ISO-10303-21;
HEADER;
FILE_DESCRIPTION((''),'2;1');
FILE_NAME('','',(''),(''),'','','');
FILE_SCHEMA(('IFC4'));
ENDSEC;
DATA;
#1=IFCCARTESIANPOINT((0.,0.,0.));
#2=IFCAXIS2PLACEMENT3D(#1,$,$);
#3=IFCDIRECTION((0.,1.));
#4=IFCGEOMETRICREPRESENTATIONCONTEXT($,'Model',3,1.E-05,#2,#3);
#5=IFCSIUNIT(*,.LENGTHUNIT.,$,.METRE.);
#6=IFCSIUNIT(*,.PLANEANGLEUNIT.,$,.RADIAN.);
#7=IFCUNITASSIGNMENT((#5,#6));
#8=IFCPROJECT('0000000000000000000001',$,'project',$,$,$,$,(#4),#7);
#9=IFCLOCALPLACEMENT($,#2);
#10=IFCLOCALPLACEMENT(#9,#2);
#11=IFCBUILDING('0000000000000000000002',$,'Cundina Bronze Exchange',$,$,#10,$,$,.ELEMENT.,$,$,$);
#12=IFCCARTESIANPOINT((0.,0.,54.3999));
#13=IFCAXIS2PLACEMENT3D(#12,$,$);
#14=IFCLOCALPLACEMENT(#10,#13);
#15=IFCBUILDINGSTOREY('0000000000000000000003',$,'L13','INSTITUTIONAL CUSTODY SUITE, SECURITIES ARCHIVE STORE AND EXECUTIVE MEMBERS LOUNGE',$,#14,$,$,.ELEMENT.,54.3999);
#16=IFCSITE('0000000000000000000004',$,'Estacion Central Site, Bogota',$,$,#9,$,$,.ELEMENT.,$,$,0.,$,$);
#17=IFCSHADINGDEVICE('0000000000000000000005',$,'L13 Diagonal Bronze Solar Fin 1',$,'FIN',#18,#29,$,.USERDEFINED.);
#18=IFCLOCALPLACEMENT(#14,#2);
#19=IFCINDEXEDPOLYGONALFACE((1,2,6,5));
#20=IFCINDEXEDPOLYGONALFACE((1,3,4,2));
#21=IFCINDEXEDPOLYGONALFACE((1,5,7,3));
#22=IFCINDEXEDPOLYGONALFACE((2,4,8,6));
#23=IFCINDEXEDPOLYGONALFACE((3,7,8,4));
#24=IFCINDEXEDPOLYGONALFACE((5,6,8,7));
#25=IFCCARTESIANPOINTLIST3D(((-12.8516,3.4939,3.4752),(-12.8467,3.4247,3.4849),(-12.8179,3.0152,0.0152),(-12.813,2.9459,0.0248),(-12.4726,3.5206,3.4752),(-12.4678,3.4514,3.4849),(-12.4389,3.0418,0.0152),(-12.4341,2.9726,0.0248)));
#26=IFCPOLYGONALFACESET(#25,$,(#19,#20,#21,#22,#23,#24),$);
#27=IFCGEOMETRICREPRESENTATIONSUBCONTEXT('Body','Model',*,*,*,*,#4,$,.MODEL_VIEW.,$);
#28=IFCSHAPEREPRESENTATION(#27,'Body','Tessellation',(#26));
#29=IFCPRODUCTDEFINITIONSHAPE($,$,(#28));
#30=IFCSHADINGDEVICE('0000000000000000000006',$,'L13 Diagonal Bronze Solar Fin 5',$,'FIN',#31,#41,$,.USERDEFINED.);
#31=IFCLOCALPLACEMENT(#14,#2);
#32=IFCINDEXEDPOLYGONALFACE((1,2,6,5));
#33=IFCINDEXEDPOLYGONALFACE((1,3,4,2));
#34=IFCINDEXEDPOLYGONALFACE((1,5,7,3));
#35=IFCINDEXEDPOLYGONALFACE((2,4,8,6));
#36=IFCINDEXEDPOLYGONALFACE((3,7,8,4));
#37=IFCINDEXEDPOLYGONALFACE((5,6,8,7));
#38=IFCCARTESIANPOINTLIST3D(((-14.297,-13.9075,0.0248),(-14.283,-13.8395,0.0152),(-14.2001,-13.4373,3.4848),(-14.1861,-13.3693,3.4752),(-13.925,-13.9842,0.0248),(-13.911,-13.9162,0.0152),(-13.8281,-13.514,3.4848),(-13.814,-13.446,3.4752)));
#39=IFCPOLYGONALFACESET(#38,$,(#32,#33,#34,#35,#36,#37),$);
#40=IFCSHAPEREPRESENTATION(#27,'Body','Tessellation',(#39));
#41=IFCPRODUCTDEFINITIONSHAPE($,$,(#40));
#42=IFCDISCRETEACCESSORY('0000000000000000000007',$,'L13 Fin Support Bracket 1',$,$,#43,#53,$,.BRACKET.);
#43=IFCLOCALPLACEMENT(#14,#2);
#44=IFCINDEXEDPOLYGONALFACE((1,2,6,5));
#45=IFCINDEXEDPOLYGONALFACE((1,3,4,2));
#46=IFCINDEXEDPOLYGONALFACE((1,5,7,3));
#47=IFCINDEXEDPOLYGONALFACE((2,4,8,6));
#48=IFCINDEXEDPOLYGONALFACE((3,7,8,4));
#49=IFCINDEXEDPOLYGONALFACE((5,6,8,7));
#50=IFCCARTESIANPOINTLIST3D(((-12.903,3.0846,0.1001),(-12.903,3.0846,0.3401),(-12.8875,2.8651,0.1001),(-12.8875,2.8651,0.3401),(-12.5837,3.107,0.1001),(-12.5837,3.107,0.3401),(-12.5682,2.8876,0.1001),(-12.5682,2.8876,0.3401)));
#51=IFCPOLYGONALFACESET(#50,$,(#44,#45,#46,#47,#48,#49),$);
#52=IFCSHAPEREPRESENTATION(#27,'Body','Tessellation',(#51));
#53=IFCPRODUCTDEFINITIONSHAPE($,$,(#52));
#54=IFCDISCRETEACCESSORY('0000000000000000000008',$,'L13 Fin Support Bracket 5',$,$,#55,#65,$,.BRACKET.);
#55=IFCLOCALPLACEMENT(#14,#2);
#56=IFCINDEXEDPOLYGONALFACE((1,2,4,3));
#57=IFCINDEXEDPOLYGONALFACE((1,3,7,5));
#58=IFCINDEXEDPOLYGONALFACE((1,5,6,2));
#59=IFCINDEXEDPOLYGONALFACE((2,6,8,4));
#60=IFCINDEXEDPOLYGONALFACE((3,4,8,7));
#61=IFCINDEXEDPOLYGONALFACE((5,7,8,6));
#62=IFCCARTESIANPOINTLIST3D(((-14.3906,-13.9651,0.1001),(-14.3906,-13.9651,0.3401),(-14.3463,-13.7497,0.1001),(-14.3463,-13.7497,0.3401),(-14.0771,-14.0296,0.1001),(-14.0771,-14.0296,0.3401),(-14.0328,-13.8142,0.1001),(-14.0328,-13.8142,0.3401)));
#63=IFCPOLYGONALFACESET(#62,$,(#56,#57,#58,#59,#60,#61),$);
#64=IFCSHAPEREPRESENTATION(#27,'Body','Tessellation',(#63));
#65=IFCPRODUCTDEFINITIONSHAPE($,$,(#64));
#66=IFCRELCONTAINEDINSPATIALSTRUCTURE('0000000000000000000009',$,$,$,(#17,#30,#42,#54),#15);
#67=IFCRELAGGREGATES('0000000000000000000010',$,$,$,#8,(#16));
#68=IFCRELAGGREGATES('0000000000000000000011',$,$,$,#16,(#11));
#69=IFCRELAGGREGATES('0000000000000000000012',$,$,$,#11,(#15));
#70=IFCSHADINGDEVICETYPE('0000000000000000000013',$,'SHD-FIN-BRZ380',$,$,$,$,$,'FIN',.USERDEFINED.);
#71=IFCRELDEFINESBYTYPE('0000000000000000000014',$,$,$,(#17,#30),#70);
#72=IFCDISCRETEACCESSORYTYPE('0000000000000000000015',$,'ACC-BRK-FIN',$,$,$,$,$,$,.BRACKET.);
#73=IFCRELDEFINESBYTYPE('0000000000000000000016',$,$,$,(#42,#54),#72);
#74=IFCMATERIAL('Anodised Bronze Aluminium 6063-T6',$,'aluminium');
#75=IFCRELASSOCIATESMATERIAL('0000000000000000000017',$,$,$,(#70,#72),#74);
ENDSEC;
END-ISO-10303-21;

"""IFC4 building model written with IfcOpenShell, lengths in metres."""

from ifc_helpers import new_model, si_unit, direction, frame, origin, origin_2d, place, context, subcontext, project, spatial, rectangle, extrude, material, material_profile, profile_set, type_object, element, save


model = new_model("IFC4")

# Units and contexts
model_context = context("Model", 3, precision=1e-05, world=origin(), true_north=direction((0.0, 1.0)))
body_context = subcontext(model_context, "Body", "Model", "MODEL_VIEW")
ifc_project = project(units=[si_unit("LENGTHUNIT", "METRE"), si_unit("PLANEANGLEUNIT", "RADIAN")], contexts=[model_context])

# Site, building, storey
site_placement = place(None, origin())
site = spatial("IfcSite", under=ifc_project, at=site_placement, Name="Estacion Central Site, Bogota", CompositionType="ELEMENT", RefElevation=0.0)
building_placement = place(site_placement, origin())
building = spatial("IfcBuilding", under=site, at=building_placement, Name="Cundina Bronze Exchange", CompositionType="ELEMENT")
storey_placement = place(building_placement, frame((0.0, 0.0, 54.3999)))
storey = spatial("IfcBuildingStorey", under=building, at=storey_placement, Name="L13", Description="INSTITUTIONAL CUSTODY SUITE, SECURITIES ARCHIVE STORE AND EXECUTIVE MEMBERS LOUNGE", CompositionType="ELEMENT", Elevation=54.3999)

# Shared definitions
ifc_material_1 = material(Name="Anodised Bronze Aluminium 6063-T6", Category="aluminium")

# Shading devices
ifc_material_profile_1 = material_profile(ifc_material_1, rectangle(XDim=0.0701, YDim=0.3799, at=origin_2d()), Name="FIN70X380", Category="aluminium")
ifc_profile_set_1 = profile_set([ifc_material_profile_1], Name="Anodised Bronze Aluminium 6063-T6")
shading_device_type = type_object("IfcShadingDeviceType", Name="SHD-FIN-BRZ380", ElementType="FIN", PredefinedType="USERDEFINED", material=ifc_profile_set_1)
for number, where, z_axis, x_axis, name in (
    (1, (-12.626, 2.9939, 0.02), (-0.009645, 0.137059, 0.990516), (0.069533, -0.988072, 0.137398), "L13 Diagonal Bronze Solar Fin 1"),
    (2, (-14.104, -13.9119, 0.02), (0.027747, 0.134612, 0.99051), (-0.199967, -0.970115, 0.137442), "L13 Diagonal Bronze Solar Fin 5"),
):
    element("IfcShadingDevice", number, at=place(storey_placement, frame(where, z_axis=z_axis, x_axis=x_axis)), inside=storey, type_object=shading_device_type, Name=name, ObjectType="FIN", PredefinedType="USERDEFINED", context=body_context, shape_type="SweptSolid", body=[
        extrude(rectangle(XDim=0.0701, YDim=0.3799, at=origin_2d()), origin(), (0.0, 0.0, 1.0), 3.4932),
    ])

# Discrete accessories
discrete_accessory_type = type_object("IfcDiscreteAccessoryType", Name="ACC-BRK-FIN", PredefinedType="BRACKET", material=ifc_material_1)
for number, where, z_axis, x_axis, name in (
    (3, (-12.7356, 2.9861, 0.1001), (0.0, 0.0, 1.0), (-0.070279, 0.997527, 0.0), "L13 Fin Support Bracket 1"),
    (4, (-14.2117, -13.8896, 0.1001), (0.0, 0.0, 1.0), (0.20142, 0.979505, 0.0), "L13 Fin Support Bracket 5"),
):
    element("IfcDiscreteAccessory", number, at=place(storey_placement, frame(where, z_axis=z_axis, x_axis=x_axis)), inside=storey, type_object=discrete_accessory_type, Name=name, PredefinedType="BRACKET", context=body_context, shape_type="SweptSolid", body=[
        extrude(rectangle(XDim=0.22, YDim=0.3201, at=origin_2d()), origin(), (0.0, 0.0, 1.0), 0.24),
    ])

save(model, "model.ifc")
